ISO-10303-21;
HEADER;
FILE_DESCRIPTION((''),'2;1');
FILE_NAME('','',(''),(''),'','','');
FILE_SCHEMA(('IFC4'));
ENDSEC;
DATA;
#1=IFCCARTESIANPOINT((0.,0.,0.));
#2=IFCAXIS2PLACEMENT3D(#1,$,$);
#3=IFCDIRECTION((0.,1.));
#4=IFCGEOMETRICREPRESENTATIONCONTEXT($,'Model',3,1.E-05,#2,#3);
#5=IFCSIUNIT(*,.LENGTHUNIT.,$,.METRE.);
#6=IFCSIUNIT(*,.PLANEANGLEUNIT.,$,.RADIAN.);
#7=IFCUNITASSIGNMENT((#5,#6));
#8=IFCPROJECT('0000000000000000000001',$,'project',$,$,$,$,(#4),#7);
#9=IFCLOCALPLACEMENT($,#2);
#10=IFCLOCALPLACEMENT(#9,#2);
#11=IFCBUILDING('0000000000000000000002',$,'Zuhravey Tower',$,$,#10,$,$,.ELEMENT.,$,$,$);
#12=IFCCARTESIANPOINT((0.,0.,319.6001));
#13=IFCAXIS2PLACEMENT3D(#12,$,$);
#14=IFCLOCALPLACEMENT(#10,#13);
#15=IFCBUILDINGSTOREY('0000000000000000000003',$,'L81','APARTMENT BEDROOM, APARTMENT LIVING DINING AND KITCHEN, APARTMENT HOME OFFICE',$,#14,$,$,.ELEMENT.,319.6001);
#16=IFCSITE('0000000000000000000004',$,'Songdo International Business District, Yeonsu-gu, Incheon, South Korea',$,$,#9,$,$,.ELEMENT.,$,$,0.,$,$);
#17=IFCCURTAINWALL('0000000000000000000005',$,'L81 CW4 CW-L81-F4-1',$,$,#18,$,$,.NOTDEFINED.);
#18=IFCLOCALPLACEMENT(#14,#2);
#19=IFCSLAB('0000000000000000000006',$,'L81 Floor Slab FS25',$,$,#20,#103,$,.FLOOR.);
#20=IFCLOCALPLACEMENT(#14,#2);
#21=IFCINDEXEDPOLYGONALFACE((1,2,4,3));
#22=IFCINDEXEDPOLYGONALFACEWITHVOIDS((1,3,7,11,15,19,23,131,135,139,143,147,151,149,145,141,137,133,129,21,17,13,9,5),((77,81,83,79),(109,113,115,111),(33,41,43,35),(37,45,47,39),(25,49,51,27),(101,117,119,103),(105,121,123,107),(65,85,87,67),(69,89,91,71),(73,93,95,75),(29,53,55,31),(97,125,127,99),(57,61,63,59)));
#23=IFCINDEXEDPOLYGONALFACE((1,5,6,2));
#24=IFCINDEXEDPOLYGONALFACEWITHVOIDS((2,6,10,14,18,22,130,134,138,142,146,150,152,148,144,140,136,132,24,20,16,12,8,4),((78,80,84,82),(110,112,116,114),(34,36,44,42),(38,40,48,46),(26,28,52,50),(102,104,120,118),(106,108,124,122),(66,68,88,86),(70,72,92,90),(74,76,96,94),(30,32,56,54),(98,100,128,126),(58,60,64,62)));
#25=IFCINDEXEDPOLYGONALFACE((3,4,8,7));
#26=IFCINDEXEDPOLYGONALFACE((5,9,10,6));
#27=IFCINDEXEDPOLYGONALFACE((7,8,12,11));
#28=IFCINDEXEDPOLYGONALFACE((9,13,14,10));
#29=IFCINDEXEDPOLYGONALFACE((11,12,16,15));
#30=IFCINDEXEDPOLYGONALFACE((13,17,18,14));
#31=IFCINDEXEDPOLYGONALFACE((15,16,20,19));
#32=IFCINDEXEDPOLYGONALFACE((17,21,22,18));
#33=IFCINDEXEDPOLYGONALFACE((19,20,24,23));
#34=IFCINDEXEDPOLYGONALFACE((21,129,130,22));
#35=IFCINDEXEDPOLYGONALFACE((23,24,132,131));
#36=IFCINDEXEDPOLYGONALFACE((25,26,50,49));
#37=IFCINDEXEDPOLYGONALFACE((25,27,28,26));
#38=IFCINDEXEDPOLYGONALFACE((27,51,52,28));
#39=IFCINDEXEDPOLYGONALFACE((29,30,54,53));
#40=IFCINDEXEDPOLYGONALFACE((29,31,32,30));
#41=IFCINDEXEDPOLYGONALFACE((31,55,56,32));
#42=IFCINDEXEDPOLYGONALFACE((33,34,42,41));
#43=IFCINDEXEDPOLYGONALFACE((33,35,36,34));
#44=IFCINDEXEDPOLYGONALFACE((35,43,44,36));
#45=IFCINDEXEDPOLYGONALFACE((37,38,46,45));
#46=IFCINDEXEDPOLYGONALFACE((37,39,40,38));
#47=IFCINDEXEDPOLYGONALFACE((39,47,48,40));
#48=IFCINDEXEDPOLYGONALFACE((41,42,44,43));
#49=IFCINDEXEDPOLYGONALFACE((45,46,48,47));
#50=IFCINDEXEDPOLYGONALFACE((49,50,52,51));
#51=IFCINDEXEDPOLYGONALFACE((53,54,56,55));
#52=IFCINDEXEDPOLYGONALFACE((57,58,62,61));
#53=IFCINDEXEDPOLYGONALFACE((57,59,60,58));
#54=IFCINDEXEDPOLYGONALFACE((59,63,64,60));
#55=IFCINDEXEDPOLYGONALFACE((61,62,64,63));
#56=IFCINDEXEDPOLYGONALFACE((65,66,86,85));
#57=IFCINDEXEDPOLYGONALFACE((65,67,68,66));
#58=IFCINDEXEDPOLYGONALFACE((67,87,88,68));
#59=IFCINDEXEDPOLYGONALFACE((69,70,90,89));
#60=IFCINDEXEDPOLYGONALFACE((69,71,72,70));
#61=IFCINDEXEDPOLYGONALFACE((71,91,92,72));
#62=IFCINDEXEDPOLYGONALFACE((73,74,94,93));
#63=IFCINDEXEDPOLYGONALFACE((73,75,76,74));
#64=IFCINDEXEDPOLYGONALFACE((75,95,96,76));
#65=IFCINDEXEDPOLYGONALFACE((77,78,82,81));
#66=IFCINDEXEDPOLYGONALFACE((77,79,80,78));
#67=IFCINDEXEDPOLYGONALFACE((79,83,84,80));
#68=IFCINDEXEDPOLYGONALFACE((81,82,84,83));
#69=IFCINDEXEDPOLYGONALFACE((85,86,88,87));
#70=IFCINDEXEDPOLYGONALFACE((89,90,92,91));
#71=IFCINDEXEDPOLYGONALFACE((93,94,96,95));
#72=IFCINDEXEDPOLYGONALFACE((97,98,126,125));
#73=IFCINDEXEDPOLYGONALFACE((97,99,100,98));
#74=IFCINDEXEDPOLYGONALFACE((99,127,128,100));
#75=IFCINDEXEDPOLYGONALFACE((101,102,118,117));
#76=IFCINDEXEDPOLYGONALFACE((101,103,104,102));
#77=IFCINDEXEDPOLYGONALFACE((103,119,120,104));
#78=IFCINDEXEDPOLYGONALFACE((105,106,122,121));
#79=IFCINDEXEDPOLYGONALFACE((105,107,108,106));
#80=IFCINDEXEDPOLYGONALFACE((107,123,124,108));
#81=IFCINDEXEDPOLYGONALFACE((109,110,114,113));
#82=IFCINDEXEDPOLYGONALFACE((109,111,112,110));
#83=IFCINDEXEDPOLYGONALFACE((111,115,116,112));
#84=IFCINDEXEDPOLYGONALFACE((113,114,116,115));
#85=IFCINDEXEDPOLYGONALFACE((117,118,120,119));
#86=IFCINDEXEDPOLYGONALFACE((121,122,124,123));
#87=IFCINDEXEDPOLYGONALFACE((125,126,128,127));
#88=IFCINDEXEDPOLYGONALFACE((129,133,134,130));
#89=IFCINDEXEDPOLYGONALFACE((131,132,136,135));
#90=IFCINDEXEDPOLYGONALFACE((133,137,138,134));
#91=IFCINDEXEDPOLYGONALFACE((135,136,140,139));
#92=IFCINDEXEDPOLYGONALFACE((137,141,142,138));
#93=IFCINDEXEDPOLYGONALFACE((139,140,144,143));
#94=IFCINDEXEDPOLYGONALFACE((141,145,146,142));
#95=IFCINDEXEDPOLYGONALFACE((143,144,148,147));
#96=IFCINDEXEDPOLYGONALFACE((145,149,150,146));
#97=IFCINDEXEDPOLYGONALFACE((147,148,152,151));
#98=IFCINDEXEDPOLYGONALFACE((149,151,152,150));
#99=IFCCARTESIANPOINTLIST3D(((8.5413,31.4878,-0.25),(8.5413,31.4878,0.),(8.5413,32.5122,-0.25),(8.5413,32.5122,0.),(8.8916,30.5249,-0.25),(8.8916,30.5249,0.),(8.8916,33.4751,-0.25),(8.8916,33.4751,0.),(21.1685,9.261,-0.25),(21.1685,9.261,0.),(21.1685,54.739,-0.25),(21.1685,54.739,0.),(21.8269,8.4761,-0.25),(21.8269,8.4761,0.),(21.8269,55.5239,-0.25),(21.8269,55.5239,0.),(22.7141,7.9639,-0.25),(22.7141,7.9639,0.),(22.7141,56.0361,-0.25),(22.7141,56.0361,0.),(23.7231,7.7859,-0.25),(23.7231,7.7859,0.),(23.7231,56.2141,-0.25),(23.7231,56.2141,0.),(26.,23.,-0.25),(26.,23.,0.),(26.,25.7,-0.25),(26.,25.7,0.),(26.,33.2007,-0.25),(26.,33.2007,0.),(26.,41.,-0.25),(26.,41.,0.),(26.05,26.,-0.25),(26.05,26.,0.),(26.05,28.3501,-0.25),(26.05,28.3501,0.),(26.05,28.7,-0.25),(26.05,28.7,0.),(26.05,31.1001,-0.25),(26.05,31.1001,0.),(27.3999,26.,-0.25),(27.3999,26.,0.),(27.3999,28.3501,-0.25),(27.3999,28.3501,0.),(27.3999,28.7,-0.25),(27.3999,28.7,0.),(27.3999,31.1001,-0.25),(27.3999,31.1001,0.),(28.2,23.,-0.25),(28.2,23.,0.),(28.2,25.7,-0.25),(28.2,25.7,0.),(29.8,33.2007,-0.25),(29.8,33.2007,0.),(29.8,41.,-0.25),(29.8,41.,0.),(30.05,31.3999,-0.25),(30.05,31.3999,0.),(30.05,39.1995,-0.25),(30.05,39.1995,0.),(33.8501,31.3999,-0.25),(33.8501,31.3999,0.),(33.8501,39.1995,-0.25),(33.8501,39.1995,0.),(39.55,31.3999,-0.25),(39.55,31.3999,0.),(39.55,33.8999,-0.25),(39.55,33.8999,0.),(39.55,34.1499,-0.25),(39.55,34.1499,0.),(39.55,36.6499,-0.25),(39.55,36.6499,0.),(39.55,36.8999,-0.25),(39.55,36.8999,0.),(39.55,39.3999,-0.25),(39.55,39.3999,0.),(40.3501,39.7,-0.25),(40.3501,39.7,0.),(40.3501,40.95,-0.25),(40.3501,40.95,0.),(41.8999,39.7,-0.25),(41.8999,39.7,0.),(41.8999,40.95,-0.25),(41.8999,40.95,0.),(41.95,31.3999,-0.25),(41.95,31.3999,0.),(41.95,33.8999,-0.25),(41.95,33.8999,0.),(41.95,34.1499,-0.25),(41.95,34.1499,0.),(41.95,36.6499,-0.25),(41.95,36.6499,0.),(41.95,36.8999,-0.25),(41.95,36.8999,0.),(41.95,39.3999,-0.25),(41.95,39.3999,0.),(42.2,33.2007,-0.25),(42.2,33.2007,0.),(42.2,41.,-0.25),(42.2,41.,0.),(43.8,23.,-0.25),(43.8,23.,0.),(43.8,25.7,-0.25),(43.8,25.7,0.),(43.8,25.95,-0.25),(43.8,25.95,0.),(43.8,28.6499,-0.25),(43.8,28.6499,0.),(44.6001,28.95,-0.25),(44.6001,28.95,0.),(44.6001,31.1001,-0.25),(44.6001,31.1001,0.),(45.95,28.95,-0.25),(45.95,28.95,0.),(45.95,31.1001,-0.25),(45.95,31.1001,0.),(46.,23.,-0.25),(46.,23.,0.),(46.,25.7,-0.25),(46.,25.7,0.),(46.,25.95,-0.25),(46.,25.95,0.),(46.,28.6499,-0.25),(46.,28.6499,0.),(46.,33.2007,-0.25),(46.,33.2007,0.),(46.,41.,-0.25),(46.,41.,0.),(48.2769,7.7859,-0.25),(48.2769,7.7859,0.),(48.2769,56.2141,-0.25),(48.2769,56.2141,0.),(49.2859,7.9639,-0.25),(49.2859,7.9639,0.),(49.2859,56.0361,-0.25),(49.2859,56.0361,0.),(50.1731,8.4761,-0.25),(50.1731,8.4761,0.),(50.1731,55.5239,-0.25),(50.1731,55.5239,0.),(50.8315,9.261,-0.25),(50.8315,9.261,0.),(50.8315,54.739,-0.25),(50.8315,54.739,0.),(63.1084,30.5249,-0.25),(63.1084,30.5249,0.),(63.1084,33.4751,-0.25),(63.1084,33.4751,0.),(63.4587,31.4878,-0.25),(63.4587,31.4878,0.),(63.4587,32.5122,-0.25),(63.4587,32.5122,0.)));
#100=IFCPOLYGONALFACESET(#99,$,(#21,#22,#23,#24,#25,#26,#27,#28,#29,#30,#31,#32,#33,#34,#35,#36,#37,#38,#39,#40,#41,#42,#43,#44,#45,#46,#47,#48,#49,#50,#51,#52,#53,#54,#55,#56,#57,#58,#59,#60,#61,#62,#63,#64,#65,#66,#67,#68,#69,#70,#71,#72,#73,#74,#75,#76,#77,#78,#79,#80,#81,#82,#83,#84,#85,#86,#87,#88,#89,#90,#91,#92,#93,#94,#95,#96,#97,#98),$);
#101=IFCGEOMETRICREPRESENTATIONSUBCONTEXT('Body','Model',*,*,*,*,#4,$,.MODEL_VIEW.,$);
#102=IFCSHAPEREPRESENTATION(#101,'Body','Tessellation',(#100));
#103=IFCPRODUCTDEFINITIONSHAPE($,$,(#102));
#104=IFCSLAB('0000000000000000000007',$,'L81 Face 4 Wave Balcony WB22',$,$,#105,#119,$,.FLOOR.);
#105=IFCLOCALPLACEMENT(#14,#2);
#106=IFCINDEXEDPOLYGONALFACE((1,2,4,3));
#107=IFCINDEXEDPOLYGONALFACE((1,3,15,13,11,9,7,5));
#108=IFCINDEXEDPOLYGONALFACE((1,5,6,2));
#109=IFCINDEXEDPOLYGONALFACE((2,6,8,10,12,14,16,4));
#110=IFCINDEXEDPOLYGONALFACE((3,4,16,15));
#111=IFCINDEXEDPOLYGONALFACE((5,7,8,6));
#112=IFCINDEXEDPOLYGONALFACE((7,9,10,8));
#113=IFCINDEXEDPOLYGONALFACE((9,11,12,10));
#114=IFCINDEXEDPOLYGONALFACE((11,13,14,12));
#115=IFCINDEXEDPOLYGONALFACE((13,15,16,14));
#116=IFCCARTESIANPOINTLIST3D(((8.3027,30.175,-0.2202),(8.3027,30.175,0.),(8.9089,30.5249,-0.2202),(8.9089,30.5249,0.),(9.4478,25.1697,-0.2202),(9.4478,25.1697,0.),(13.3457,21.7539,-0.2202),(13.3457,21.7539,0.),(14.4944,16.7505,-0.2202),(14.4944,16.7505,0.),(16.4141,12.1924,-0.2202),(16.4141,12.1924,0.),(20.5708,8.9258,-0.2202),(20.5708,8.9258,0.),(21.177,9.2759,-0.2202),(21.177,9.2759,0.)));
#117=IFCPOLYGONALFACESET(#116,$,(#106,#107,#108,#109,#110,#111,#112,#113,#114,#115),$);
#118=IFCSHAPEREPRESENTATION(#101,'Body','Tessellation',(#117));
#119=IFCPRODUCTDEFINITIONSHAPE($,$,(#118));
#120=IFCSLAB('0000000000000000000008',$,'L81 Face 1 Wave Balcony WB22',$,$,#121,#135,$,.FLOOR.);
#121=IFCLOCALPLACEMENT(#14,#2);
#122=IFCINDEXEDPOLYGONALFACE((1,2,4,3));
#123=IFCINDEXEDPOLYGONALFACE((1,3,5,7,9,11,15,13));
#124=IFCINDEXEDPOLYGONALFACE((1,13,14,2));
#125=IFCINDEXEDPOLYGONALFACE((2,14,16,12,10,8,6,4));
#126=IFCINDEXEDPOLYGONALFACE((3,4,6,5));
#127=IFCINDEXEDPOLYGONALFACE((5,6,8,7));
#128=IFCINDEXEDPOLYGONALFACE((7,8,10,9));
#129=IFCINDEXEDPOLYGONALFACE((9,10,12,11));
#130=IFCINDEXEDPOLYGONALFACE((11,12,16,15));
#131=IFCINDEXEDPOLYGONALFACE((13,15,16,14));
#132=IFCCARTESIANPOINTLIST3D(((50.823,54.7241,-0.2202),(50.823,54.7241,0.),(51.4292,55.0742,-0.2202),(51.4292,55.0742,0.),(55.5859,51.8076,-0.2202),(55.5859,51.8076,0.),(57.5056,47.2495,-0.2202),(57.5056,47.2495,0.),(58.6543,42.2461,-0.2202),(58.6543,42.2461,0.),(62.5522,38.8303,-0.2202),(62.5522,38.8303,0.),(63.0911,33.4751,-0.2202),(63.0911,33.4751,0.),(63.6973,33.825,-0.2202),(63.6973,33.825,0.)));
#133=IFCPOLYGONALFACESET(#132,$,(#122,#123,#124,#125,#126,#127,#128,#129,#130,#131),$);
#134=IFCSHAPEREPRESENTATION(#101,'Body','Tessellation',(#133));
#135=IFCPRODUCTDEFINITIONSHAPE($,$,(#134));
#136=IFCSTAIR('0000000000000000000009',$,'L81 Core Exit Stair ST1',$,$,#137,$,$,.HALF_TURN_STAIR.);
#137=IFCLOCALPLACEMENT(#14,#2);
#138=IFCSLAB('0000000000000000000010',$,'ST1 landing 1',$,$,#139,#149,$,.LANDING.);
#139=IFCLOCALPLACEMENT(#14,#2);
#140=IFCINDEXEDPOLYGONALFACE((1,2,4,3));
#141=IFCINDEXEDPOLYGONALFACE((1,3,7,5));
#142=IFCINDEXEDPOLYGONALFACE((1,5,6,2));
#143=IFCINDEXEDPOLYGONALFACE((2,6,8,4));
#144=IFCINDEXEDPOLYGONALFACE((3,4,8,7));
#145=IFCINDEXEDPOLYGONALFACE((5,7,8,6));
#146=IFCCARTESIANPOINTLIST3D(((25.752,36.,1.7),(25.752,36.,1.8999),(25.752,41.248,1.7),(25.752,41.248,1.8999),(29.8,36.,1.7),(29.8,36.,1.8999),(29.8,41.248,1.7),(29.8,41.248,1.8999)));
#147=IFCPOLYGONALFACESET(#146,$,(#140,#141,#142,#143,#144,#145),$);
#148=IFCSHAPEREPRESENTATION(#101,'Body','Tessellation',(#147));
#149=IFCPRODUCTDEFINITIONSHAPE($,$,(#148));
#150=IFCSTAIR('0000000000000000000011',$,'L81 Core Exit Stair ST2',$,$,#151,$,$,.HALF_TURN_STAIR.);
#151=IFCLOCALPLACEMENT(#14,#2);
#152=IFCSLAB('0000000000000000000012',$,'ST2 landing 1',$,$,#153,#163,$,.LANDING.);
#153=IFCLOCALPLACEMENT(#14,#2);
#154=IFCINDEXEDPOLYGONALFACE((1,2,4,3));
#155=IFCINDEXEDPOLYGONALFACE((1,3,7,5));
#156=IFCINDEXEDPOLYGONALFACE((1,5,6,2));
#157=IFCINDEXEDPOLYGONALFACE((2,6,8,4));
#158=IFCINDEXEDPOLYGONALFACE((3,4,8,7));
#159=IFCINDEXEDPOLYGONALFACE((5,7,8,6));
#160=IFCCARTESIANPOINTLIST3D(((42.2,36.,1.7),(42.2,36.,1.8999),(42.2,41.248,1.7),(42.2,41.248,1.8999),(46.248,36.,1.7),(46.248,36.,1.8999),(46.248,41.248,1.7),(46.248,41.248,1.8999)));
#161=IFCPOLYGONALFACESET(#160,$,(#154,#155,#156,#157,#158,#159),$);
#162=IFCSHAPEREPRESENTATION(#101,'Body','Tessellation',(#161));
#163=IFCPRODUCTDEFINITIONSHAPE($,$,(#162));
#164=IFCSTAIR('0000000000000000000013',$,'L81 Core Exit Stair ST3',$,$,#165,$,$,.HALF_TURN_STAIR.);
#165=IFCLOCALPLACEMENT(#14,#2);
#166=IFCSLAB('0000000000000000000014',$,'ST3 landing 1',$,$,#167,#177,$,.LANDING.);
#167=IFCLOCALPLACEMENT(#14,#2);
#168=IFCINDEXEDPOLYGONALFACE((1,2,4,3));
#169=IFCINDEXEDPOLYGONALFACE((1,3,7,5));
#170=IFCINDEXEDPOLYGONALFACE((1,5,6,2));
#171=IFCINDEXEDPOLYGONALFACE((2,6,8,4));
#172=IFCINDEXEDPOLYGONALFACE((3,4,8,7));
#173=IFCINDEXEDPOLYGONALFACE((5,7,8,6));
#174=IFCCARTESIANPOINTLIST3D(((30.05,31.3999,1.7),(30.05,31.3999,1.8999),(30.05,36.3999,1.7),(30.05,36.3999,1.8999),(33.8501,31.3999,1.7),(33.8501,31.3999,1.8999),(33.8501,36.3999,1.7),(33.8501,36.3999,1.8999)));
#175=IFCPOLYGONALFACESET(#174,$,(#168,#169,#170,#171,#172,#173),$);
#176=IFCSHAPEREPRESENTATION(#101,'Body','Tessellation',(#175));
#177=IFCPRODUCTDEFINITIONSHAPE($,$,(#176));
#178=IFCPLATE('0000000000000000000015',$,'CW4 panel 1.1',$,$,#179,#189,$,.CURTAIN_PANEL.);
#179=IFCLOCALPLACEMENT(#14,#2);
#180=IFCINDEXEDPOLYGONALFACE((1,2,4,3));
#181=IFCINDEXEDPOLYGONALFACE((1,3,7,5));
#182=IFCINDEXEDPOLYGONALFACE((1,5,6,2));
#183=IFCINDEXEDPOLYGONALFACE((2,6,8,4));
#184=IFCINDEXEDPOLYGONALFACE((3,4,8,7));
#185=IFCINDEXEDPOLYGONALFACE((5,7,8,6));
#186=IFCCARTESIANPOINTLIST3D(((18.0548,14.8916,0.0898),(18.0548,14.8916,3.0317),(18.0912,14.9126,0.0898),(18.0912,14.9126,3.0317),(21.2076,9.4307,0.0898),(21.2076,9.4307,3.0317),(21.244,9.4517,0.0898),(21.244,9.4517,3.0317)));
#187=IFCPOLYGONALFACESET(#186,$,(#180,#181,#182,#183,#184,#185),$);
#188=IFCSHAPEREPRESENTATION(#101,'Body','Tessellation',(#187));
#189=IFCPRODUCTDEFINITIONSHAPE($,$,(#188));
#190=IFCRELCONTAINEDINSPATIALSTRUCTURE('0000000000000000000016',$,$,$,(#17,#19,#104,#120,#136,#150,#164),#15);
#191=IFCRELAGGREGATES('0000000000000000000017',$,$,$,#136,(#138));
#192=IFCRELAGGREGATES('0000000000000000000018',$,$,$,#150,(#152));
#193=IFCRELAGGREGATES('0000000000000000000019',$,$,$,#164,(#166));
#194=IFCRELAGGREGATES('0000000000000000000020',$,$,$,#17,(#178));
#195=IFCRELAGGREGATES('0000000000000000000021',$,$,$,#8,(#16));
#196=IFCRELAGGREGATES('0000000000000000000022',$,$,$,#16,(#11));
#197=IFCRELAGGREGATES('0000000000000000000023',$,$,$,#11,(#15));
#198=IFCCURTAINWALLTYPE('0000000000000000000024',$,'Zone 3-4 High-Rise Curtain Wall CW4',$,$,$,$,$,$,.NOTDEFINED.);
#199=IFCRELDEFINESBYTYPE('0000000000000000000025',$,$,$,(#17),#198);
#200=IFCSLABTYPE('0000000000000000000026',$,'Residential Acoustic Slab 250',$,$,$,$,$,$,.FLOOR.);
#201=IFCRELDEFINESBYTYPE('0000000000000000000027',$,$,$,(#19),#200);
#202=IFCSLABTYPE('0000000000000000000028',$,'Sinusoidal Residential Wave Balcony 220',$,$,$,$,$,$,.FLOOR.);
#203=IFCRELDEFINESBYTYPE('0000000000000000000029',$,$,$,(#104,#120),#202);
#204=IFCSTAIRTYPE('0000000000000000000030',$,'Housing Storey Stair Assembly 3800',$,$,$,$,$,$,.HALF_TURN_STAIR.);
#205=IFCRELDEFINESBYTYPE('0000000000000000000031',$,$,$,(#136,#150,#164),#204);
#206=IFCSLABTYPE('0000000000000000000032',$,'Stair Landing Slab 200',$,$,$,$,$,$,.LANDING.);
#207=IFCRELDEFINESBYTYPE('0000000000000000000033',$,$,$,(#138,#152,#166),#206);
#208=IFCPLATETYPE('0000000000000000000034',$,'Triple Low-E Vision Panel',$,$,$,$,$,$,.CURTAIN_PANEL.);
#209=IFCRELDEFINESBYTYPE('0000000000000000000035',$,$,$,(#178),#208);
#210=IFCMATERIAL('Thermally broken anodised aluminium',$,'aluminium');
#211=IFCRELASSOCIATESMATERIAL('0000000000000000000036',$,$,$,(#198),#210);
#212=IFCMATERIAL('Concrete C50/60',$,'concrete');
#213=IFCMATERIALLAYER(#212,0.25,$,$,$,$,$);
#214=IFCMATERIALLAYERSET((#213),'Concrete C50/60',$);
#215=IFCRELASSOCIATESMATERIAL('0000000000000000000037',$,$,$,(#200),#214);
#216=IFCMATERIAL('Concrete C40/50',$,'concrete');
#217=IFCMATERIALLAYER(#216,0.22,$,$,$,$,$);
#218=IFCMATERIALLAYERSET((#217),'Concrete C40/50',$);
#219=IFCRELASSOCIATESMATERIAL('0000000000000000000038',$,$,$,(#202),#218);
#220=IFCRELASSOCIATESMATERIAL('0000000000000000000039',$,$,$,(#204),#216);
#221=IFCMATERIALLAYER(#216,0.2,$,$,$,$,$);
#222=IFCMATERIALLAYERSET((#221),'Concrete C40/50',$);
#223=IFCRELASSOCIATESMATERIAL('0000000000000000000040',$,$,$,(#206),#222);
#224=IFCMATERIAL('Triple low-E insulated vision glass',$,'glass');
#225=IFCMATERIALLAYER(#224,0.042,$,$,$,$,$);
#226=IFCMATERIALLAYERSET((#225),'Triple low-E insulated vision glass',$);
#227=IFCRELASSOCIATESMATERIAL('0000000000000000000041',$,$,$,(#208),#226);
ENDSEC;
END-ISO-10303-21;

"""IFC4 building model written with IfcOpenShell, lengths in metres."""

from ifc_helpers import new_model, si_unit, direction, frame, origin, origin_2d, place, context, subcontext, project, spatial, polyline, rectangle, outline, extrude, material, layer, layer_set, type_object, element, aggregate, save


model = new_model("IFC4")

# Units and contexts
model_context = context("Model", 3, precision=1e-05, world=origin(), true_north=direction((0.0, 1.0)))
body_context = subcontext(model_context, "Body", "Model", "MODEL_VIEW")
ifc_project = project(units=[si_unit("LENGTHUNIT", "METRE"), si_unit("PLANEANGLEUNIT", "RADIAN")], contexts=[model_context])

# Site, building, storey
site_placement = place(None, origin())
site = spatial("IfcSite", under=ifc_project, at=site_placement, Name="Songdo International Business District, Yeonsu-gu, Incheon, South Korea", CompositionType="ELEMENT", RefElevation=0.0)
building_placement = place(site_placement, origin())
building = spatial("IfcBuilding", under=site, at=building_placement, Name="Zuhravey Tower", CompositionType="ELEMENT")
storey_placement = place(building_placement, frame((0.0, 0.0, 319.6001)))
storey = spatial("IfcBuildingStorey", under=building, at=storey_placement, Name="L81", Description="APARTMENT BEDROOM, APARTMENT LIVING DINING AND KITCHEN, APARTMENT HOME OFFICE", CompositionType="ELEMENT", Elevation=319.6001)

# Shared definitions
ifc_material_1 = material(Name="Concrete C50/60", Category="concrete")

# Curtain wall
ifc_material_2 = material(Name="Thermally broken anodised aluminium", Category="aluminium")
curtain_wall_type = type_object("IfcCurtainWallType", Name="Zone 3-4 High-Rise Curtain Wall CW4", PredefinedType="NOTDEFINED", material=ifc_material_2)
curtain_wall_1_placement = place(storey_placement, origin())
curtain_wall_1 = element("IfcCurtainWall", 1, at=curtain_wall_1_placement, inside=storey, type_object=curtain_wall_type, Name="L81 CW4 CW-L81-F4-1", PredefinedType="NOTDEFINED")

# Slabs
ifc_layer_1 = layer(ifc_material_1, 0.25)
ifc_layer_set_1 = layer_set([ifc_layer_1], Name="Concrete C50/60")
slab_type_1 = type_object("IfcSlabType", Name="Residential Acoustic Slab 250", PredefinedType="FLOOR", material=ifc_layer_set_1)
slab_1_placement = place(storey_placement, frame((0.0, 0.0, -0.25)))
element("IfcSlab", 2, at=slab_1_placement, inside=storey, type_object=slab_type_1, Name="L81 Floor Slab FS25", PredefinedType="FLOOR", context=body_context, shape_type="SweptSolid", body=[
    extrude(outline(polyline([(63.1084, 30.5249), (63.4587, 31.4878), (63.4587, 32.5122), (63.1084, 33.4751), (50.8315, 54.739), (50.1731, 55.5239), (49.2859, 56.0361), (48.2769, 56.2141), (23.7231, 56.2141), (22.7141, 56.0361), (21.8269, 55.5239), (21.1685, 54.739), (8.8916, 33.4751), (8.5413, 32.5122), (8.5413, 31.4878), (8.8916, 30.5249), (21.1685, 9.261), (21.8269, 8.4761), (22.7141, 7.9639), (23.7231, 7.7859), (48.2769, 7.7859), (49.2859, 7.9639), (50.1731, 8.4761), (50.8315, 9.261), (63.1084, 30.5249)]), holes=[polyline([(29.8, 33.2007), (29.8, 41.0), (26.0, 41.0), (26.0, 33.2007), (29.8, 33.2007)]), polyline([(46.0, 33.2007), (46.0, 41.0), (42.2, 41.0), (42.2, 33.2007), (46.0, 33.2007)]), polyline([(30.05, 39.1995), (30.05, 31.3999), (33.8501, 31.3999), (33.8501, 39.1995), (30.05, 39.1995)]), polyline([(39.55, 31.3999), (41.95, 31.3999), (41.95, 33.8999), (39.55, 33.8999), (39.55, 31.3999)]), polyline([(39.55, 34.1499), (41.95, 34.1499), (41.95, 36.6499), (39.55, 36.6499), (39.55, 34.1499)]), polyline([(39.55, 36.8999), (41.95, 36.8999), (41.95, 39.3999), (39.55, 39.3999), (39.55, 36.8999)]), polyline([(26.0, 23.0), (28.2, 23.0), (28.2, 25.7), (26.0, 25.7), (26.0, 23.0)]), polyline([(43.8, 23.0), (46.0, 23.0), (46.0, 25.7), (43.8, 25.7), (43.8, 23.0)]), polyline([(43.8, 25.95), (46.0, 25.95), (46.0, 28.6499), (43.8, 28.6499), (43.8, 25.95)]), polyline([(26.05, 26.0), (27.3999, 26.0), (27.3999, 28.3501), (26.05, 28.3501), (26.05, 26.0)]), polyline([(26.05, 28.7), (27.3999, 28.7), (27.3999, 31.1001), (26.05, 31.1001), (26.05, 28.7)]), polyline([(44.6001, 28.95), (45.95, 28.95), (45.95, 31.1001), (44.6001, 31.1001), (44.6001, 28.95)]), polyline([(40.3501, 39.7), (41.8999, 39.7), (41.8999, 40.95), (40.3501, 40.95), (40.3501, 39.7)])]), origin(), (0.0, 0.0, 1.0), 0.25),
])
ifc_material_3 = material(Name="Concrete C40/50", Category="concrete")
ifc_layer_2 = layer(ifc_material_3, 0.22)
ifc_layer_set_2 = layer_set([ifc_layer_2], Name="Concrete C40/50")
slab_type_2 = type_object("IfcSlabType", Name="Sinusoidal Residential Wave Balcony 220", PredefinedType="FLOOR", material=ifc_layer_set_2)
slab_2_placement = place(storey_placement, frame((0.0, 0.0, -0.2202)))
element("IfcSlab", 3, at=slab_2_placement, inside=storey, type_object=slab_type_2, Name="L81 Face 4 Wave Balcony WB22", PredefinedType="FLOOR", context=body_context, shape_type="SweptSolid", body=[
    extrude(outline(polyline([(8.9089, 30.5249), (21.177, 9.2759), (20.5708, 8.9258), (16.4141, 12.1924), (14.4944, 16.7505), (13.3457, 21.7539), (9.4478, 25.1697), (8.3027, 30.175), (8.9089, 30.5249)])), origin(), (0.0, 0.0, 1.0), 0.2202),
])
slab_3_placement = place(storey_placement, frame((0.0, 0.0, -0.2202)))
element("IfcSlab", 4, at=slab_3_placement, inside=storey, type_object=slab_type_2, Name="L81 Face 1 Wave Balcony WB22", PredefinedType="FLOOR", context=body_context, shape_type="SweptSolid", body=[
    extrude(outline(polyline([(63.0911, 33.4751), (50.823, 54.7241), (51.4292, 55.0742), (55.5859, 51.8076), (57.5056, 47.2495), (58.6543, 42.2461), (62.5522, 38.8303), (63.6973, 33.825), (63.0911, 33.4751)])), origin(), (0.0, 0.0, 1.0), 0.2202),
])

# Stairs, slabs
stair_type = type_object("IfcStairType", Name="Housing Storey Stair Assembly 3800", PredefinedType="HALF_TURN_STAIR", material=ifc_material_3)
stair_1_placement = place(storey_placement, origin())
stair_1 = element("IfcStair", 5, at=stair_1_placement, inside=storey, type_object=stair_type, Name="L81 Core Exit Stair ST1", PredefinedType="HALF_TURN_STAIR")
ifc_layer_3 = layer(ifc_material_3, 0.2)
ifc_layer_set_3 = layer_set([ifc_layer_3], Name="Concrete C40/50")
slab_type_3 = type_object("IfcSlabType", Name="Stair Landing Slab 200", PredefinedType="LANDING", material=ifc_layer_set_3)
slab_4_placement = place(storey_placement, frame((0.0, 0.0, 1.7)))
slab_4 = element("IfcSlab", 6, at=slab_4_placement, type_object=slab_type_3, Name="ST1 landing 1", PredefinedType="LANDING", context=body_context, shape_type="SweptSolid", body=[
    extrude(outline(polyline([(29.8, 36.0), (29.8, 41.248), (25.752, 41.248), (25.752, 36.0), (29.8, 36.0)])), origin(), (0.0, 0.0, 1.0), 0.2),
])
aggregate(stair_1, [slab_4])
stair_2_placement = place(storey_placement, origin())
stair_2 = element("IfcStair", 7, at=stair_2_placement, inside=storey, type_object=stair_type, Name="L81 Core Exit Stair ST2", PredefinedType="HALF_TURN_STAIR")
slab_5_placement = place(storey_placement, frame((0.0, 0.0, 1.7)))
slab_5 = element("IfcSlab", 8, at=slab_5_placement, type_object=slab_type_3, Name="ST2 landing 1", PredefinedType="LANDING", context=body_context, shape_type="SweptSolid", body=[
    extrude(outline(polyline([(46.248, 36.0), (46.248, 41.248), (42.2, 41.248), (42.2, 36.0), (46.248, 36.0)])), origin(), (0.0, 0.0, 1.0), 0.2),
])
aggregate(stair_2, [slab_5])
stair_3_placement = place(storey_placement, origin())
stair_3 = element("IfcStair", 9, at=stair_3_placement, inside=storey, type_object=stair_type, Name="L81 Core Exit Stair ST3", PredefinedType="HALF_TURN_STAIR")
slab_6_placement = place(storey_placement, frame((0.0, 0.0, 1.7)))
slab_6 = element("IfcSlab", 10, at=slab_6_placement, type_object=slab_type_3, Name="ST3 landing 1", PredefinedType="LANDING", context=body_context, shape_type="SweptSolid", body=[
    extrude(outline(polyline([(30.05, 36.3999), (30.05, 31.3999), (33.8501, 31.3999), (33.8501, 36.3999), (30.05, 36.3999)])), origin(), (0.0, 0.0, 1.0), 0.2),
])
aggregate(stair_3, [slab_6])

# Plate
ifc_material_4 = material(Name="Triple low-E insulated vision glass", Category="glass")
ifc_layer_4 = layer(ifc_material_4, 0.042)
ifc_layer_set_4 = layer_set([ifc_layer_4], Name="Triple low-E insulated vision glass")
plate_type = type_object("IfcPlateType", Name="Triple Low-E Vision Panel", PredefinedType="CURTAIN_PANEL", material=ifc_layer_set_4)
plate_placement = place(storey_placement, frame((19.6494, 12.1716, 0.0898), z_axis=(0.0, 0.0, 1.0), x_axis=(-0.5, 0.866026, 0.0)))
plate = element("IfcPlate", 11, at=plate_placement, type_object=plate_type, Name="CW4 panel 1.1", PredefinedType="CURTAIN_PANEL", context=body_context, shape_type="SweptSolid", body=[
    extrude(rectangle(XDim=6.3057, YDim=0.042, at=origin_2d()), origin(), (0.0, 0.0, 1.0), 2.9419),
])
aggregate(curtain_wall_1, [plate])

save(model, "model.ifc")
